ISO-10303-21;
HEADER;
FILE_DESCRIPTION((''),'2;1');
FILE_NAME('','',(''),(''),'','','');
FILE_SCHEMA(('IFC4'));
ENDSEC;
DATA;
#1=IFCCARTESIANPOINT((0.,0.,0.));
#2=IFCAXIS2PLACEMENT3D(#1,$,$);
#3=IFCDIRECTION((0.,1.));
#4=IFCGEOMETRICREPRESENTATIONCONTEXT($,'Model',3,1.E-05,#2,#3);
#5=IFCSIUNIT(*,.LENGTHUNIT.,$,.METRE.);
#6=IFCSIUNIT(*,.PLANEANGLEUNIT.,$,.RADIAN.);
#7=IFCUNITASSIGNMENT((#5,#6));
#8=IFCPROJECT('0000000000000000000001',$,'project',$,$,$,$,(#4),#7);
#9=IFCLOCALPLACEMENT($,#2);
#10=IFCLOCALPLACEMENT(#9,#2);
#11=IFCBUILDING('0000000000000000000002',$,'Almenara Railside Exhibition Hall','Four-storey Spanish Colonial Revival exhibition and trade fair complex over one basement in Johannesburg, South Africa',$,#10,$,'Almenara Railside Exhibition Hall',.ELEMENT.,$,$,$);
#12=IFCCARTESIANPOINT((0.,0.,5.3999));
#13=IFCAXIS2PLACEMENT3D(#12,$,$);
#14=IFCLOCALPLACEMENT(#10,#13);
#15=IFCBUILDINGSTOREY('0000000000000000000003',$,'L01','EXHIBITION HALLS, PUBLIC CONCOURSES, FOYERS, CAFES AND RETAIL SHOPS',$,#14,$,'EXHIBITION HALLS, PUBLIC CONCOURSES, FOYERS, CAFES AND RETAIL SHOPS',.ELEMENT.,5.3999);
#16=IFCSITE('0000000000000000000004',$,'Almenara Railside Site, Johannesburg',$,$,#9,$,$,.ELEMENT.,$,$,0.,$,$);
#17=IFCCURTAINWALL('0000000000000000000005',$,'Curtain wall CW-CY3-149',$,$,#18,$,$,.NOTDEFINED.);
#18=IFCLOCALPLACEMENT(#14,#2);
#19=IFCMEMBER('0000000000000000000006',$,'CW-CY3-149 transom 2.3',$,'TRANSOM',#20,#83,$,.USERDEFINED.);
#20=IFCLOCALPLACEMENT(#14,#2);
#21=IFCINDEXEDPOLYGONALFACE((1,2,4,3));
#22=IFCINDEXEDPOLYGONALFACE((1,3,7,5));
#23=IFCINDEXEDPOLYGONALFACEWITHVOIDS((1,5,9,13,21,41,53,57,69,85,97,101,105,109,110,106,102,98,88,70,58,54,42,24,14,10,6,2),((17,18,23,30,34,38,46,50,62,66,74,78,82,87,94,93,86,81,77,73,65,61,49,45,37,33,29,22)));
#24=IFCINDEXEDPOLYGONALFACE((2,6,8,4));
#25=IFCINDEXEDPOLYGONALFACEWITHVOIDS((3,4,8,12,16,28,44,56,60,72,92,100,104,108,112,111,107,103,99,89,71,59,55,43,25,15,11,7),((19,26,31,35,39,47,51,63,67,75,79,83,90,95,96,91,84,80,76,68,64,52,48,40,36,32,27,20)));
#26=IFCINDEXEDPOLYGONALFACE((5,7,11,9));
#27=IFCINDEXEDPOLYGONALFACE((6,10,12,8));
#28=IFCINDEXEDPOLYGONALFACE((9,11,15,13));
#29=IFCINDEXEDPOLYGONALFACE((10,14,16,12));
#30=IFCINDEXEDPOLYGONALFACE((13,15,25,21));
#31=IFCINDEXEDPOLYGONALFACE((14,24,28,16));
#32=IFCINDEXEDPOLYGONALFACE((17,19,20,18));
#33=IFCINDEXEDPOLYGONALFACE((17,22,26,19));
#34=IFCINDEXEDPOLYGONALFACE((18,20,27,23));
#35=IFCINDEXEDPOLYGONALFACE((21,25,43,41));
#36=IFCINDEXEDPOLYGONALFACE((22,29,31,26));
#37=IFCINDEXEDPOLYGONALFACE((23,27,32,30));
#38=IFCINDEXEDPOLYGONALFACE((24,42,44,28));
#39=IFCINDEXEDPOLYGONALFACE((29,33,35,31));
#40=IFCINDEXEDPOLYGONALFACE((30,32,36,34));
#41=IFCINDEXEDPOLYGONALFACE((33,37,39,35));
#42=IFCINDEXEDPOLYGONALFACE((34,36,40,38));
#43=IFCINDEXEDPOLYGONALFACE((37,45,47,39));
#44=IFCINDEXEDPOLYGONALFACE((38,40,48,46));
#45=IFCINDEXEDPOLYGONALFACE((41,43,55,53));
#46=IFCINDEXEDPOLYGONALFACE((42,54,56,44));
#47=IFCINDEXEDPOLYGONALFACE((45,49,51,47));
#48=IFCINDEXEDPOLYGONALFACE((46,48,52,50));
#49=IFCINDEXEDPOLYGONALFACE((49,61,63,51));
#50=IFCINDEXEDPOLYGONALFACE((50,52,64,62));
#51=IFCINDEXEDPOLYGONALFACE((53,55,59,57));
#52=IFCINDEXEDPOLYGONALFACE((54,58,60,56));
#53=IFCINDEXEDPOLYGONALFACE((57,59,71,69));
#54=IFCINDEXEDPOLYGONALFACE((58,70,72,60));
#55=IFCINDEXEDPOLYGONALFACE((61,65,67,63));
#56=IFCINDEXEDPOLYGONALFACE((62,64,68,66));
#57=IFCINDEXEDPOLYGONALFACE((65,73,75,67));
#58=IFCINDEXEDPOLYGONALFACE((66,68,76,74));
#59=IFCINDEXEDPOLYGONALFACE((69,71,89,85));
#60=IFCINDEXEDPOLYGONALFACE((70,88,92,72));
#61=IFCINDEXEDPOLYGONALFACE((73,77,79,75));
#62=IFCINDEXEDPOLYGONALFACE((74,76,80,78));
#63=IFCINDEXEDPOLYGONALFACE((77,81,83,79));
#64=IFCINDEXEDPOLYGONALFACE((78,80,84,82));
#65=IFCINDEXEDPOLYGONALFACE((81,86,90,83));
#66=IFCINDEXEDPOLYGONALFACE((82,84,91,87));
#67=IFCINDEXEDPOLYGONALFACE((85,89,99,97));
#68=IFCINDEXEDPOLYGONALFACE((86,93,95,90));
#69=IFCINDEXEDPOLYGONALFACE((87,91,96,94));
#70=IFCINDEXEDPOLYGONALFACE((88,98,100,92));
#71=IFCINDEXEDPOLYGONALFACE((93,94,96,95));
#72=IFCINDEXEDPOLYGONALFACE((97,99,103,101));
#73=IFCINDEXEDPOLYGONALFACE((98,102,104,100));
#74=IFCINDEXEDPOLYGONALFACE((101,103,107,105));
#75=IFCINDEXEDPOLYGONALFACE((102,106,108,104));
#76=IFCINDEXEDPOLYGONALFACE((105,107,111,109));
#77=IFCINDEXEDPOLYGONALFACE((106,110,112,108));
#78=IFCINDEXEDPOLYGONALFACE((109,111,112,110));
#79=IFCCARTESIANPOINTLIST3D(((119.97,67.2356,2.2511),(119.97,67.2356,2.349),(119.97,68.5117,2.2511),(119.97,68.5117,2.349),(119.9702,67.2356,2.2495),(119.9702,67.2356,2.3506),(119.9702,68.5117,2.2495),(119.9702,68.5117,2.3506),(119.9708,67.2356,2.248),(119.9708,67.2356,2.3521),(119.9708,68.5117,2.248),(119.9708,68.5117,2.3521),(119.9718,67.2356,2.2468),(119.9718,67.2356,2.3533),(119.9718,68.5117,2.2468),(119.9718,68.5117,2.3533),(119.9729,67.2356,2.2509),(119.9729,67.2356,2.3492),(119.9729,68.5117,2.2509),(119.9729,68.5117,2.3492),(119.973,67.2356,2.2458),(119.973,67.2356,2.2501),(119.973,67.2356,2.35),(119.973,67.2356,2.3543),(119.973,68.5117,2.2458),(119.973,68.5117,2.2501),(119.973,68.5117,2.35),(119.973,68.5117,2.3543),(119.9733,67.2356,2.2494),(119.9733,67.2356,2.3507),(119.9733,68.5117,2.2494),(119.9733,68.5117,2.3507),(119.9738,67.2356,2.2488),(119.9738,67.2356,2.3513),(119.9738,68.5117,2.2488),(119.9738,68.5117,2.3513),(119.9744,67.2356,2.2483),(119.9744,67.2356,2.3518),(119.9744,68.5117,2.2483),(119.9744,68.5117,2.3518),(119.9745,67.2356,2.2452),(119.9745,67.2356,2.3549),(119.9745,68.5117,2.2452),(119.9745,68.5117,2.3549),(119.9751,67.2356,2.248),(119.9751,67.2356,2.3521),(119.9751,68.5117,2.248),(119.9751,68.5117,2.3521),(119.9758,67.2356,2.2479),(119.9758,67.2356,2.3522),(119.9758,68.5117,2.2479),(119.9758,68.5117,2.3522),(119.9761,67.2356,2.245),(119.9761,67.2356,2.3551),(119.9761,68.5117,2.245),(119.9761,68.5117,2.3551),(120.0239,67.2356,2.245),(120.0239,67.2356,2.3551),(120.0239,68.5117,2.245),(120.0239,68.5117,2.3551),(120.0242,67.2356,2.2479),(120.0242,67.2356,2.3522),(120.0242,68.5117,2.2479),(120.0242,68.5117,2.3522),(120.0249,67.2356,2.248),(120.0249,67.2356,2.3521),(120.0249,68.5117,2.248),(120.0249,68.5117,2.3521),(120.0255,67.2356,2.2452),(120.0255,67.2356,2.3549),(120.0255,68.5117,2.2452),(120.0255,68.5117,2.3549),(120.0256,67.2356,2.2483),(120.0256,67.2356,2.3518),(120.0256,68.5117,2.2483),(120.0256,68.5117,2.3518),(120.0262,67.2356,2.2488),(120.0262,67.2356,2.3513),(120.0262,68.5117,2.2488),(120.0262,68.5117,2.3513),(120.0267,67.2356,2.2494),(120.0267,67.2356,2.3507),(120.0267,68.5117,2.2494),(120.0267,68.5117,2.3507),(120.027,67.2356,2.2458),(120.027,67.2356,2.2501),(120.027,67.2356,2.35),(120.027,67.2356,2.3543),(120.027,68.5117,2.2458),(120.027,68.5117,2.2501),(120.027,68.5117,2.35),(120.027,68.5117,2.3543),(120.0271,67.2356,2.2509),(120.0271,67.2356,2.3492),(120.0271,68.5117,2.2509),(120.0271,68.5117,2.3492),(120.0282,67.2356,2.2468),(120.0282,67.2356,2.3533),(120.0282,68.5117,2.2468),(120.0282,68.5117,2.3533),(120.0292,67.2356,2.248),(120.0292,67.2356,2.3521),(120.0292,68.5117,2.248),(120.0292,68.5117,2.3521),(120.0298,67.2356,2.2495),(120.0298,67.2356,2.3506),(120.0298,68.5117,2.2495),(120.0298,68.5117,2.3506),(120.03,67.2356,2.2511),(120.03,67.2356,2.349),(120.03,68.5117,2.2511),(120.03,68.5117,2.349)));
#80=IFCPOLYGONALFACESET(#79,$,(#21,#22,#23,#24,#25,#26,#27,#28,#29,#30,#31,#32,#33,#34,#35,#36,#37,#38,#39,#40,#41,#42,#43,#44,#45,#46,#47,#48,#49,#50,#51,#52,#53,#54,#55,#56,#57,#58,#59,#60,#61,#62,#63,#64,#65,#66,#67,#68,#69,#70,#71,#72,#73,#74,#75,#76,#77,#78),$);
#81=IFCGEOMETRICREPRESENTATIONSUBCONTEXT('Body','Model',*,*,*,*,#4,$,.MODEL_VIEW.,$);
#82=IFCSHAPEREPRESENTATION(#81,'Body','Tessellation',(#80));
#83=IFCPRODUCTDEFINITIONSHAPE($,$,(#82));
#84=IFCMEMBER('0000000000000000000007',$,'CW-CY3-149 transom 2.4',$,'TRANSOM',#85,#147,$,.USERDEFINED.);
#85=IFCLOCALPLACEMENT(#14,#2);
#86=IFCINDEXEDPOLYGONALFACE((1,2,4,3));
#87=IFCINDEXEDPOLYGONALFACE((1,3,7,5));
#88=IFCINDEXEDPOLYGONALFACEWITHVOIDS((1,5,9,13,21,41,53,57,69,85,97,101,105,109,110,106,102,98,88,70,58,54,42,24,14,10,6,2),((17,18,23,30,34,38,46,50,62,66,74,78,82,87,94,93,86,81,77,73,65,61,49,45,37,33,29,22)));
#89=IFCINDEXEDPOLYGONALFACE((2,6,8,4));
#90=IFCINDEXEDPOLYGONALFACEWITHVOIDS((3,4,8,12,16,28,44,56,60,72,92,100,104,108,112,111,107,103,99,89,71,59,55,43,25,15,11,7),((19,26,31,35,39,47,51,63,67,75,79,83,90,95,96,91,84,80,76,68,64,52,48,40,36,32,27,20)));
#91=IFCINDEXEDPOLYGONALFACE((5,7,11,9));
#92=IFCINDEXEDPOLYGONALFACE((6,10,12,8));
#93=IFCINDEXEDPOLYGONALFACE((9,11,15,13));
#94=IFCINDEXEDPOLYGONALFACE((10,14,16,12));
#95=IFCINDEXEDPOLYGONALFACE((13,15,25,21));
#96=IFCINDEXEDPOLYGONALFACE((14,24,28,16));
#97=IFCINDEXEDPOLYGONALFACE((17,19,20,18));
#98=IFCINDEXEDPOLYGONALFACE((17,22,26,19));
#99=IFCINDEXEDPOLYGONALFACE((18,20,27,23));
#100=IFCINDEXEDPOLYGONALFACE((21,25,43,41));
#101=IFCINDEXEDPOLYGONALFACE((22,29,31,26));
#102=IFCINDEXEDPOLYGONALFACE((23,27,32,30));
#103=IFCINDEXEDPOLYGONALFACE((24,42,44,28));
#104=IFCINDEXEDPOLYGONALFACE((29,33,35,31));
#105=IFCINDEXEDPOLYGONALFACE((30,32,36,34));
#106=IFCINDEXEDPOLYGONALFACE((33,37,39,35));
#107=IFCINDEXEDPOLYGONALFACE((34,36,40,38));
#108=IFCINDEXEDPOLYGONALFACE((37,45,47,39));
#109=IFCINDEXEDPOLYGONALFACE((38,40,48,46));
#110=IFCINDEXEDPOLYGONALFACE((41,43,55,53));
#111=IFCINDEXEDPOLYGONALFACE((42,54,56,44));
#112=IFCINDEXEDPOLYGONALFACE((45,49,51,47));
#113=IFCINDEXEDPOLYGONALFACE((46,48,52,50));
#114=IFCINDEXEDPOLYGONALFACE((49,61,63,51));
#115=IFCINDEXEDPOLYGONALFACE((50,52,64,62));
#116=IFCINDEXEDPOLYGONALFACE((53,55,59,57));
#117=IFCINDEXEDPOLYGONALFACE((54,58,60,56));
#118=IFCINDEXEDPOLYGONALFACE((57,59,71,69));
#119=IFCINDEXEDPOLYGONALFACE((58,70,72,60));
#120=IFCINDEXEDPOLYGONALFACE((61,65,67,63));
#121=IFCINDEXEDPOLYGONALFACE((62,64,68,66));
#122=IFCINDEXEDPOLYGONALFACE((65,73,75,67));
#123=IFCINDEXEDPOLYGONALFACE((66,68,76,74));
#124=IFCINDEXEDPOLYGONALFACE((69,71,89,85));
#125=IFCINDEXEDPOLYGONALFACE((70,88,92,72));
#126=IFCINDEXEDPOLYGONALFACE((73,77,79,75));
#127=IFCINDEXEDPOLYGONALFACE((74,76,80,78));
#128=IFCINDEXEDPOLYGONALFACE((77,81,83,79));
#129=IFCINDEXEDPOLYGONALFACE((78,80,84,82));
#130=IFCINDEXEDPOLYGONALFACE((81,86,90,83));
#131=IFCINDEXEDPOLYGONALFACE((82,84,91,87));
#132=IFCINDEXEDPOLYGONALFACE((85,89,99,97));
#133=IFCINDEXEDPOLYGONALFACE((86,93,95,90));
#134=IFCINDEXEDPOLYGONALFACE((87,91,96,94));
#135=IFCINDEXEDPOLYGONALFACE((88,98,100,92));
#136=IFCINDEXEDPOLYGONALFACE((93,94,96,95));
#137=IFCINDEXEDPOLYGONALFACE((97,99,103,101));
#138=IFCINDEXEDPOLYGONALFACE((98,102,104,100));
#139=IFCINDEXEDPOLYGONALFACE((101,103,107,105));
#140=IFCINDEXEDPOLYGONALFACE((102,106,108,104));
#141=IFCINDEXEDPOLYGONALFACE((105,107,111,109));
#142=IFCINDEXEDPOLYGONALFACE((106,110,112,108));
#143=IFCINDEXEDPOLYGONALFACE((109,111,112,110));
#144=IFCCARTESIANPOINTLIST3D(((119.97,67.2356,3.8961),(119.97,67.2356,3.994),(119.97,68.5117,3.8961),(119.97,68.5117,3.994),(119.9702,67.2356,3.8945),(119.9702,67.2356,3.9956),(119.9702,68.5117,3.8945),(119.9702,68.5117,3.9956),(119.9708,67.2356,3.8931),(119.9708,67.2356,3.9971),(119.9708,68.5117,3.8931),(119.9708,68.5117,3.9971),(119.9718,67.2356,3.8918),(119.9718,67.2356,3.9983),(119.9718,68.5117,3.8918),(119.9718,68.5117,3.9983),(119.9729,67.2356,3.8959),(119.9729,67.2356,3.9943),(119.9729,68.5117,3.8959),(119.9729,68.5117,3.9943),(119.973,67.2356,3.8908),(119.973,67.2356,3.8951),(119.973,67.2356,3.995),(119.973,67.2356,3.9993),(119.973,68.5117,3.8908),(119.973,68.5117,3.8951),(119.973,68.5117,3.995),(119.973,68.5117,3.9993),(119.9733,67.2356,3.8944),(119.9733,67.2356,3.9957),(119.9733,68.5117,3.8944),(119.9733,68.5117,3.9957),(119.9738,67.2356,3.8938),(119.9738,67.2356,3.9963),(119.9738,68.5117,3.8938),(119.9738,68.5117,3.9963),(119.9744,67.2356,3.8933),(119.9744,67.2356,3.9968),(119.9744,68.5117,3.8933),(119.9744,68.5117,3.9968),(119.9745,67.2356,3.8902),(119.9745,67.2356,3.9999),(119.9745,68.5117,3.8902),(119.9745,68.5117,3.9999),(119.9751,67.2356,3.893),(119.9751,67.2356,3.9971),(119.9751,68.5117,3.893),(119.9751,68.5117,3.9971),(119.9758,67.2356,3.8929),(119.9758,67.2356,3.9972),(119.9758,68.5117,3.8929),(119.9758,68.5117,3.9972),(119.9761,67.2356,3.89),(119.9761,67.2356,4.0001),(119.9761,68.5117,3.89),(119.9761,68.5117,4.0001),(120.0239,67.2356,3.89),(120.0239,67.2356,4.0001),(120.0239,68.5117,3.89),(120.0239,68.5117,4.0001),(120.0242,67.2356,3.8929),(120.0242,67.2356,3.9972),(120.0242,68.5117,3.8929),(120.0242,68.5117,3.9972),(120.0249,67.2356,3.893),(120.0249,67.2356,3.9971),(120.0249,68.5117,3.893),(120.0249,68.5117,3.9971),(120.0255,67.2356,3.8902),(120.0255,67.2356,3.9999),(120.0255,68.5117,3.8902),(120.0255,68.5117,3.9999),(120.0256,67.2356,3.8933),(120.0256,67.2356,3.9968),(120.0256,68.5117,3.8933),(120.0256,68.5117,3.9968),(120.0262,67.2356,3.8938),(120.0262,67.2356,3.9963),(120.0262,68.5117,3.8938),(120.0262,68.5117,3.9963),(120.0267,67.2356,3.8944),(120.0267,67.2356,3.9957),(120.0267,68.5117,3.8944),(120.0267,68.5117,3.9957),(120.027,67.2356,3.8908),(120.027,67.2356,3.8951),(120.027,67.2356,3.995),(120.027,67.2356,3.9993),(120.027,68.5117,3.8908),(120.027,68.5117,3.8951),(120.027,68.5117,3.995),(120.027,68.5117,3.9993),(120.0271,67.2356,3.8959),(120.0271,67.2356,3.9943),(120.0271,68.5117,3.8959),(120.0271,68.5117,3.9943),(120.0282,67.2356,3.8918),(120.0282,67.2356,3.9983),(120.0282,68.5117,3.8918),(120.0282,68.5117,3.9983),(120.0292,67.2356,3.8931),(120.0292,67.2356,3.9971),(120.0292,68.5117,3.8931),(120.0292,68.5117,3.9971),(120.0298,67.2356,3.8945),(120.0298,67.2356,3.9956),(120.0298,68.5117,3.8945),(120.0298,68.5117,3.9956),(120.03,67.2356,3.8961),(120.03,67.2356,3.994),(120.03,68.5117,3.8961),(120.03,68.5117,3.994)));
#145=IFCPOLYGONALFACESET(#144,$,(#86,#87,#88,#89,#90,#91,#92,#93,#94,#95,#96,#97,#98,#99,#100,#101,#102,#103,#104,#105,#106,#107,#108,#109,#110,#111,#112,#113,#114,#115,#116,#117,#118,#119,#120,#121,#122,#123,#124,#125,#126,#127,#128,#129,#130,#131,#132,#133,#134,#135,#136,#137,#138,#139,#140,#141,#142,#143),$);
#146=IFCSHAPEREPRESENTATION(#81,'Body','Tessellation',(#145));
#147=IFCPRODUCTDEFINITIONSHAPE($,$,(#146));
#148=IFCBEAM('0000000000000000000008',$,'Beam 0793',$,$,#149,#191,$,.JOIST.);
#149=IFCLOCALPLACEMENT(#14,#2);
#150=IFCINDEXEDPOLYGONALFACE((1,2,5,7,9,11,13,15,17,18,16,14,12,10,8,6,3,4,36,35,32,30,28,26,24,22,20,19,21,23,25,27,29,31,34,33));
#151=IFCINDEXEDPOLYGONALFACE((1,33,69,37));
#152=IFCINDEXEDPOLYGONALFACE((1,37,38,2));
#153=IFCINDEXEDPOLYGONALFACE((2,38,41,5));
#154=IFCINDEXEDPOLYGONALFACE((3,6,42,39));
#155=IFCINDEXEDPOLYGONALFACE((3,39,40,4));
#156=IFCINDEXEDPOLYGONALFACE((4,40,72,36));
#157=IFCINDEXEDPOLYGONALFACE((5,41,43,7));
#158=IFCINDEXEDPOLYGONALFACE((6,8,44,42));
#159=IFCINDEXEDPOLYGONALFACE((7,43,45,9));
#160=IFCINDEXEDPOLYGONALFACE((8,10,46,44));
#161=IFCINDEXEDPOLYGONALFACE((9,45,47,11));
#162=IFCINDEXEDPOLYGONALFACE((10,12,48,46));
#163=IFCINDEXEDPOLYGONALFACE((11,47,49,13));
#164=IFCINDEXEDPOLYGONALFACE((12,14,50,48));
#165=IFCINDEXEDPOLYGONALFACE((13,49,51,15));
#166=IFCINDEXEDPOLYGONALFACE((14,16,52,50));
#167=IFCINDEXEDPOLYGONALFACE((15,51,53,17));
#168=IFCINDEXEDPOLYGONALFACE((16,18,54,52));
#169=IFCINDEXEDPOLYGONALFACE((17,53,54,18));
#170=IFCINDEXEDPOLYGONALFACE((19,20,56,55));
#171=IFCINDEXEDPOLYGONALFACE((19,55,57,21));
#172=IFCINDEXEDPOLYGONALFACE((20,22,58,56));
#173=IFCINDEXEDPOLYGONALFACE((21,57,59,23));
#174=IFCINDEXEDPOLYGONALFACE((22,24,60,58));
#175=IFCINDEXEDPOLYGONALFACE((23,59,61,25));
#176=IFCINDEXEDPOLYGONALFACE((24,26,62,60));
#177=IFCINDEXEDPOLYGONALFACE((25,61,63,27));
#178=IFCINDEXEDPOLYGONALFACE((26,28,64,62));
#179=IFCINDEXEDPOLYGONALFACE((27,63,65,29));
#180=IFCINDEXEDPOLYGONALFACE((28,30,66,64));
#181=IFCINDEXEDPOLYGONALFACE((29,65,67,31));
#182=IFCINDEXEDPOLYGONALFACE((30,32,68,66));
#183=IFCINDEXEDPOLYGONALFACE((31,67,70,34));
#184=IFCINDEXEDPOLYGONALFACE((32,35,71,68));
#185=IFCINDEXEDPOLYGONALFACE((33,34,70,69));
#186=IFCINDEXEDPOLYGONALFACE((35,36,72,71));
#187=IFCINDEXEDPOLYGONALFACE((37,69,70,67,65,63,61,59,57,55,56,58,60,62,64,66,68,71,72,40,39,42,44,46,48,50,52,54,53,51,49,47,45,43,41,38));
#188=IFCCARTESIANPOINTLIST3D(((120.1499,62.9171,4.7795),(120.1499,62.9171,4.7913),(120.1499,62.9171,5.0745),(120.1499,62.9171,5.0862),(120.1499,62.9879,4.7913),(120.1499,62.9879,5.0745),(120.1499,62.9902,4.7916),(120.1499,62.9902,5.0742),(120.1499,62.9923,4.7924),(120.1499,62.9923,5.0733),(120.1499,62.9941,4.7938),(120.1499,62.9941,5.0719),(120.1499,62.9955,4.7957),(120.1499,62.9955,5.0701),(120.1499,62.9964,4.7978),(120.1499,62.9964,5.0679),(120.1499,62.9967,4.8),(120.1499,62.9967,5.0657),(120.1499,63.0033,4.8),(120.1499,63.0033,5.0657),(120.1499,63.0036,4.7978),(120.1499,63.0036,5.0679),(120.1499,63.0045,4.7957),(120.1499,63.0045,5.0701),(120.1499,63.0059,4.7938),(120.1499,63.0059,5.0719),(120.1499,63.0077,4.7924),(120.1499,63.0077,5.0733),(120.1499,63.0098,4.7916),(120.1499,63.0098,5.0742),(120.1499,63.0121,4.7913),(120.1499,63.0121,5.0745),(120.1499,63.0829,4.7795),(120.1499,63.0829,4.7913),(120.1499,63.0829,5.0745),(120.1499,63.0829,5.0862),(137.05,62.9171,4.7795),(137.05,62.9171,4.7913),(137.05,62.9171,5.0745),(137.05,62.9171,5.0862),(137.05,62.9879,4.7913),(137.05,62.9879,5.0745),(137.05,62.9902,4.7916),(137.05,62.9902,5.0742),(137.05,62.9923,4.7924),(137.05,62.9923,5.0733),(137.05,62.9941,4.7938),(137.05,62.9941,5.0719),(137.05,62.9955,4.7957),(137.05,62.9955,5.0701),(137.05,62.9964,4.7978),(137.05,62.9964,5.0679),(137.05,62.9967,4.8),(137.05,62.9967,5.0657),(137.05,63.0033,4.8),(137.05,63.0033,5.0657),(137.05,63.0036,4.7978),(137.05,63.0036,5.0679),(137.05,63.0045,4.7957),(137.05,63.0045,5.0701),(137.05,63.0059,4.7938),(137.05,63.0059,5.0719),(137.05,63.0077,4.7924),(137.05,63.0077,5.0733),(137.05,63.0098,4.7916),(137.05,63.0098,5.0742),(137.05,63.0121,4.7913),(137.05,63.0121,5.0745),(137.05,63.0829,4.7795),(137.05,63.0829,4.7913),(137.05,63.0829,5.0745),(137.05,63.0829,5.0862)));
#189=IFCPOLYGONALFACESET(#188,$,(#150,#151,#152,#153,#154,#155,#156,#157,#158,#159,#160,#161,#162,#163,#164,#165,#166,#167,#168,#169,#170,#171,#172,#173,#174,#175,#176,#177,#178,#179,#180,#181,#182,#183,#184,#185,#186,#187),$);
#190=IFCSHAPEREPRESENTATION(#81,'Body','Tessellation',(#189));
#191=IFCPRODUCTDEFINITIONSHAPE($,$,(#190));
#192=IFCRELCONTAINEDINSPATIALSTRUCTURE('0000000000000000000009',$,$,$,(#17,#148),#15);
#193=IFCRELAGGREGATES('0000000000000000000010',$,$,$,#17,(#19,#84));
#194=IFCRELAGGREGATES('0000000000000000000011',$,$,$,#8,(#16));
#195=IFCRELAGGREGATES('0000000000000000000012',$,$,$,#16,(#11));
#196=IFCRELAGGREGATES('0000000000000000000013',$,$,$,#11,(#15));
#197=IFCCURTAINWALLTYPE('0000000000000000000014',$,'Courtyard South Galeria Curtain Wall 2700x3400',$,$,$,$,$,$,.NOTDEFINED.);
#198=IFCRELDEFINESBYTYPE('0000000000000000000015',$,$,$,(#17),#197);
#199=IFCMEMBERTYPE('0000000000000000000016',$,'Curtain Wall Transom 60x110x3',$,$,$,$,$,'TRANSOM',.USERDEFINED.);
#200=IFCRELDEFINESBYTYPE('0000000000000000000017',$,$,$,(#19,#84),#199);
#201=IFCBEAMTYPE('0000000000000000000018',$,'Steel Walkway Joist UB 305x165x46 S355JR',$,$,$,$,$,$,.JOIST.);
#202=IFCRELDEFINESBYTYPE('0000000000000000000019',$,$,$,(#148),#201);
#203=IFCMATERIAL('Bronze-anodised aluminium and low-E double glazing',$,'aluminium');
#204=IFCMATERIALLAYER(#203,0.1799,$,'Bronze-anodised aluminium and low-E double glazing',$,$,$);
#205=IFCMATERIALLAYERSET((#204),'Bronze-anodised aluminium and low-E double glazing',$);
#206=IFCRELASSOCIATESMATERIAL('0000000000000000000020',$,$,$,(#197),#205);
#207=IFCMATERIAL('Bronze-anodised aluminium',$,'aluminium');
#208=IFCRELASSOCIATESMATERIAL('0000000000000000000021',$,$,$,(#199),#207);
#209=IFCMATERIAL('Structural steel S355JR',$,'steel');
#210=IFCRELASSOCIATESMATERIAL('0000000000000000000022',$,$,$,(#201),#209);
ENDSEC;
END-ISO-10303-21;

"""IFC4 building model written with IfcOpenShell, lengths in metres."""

from ifc_helpers import new_model, si_unit, direction, frame, origin, origin_2d, place, context, subcontext, project, spatial, hollow_rectangle, i_section, extrude, material, layer, layer_set, material_profile, profile_set, type_object, element, aggregate, save


model = new_model("IFC4")

# Units and contexts
model_context = context("Model", 3, precision=1e-05, world=origin(), true_north=direction((0.0, 1.0)))
body_context = subcontext(model_context, "Body", "Model", "MODEL_VIEW")
ifc_project = project(units=[si_unit("LENGTHUNIT", "METRE"), si_unit("PLANEANGLEUNIT", "RADIAN")], contexts=[model_context])

# Site, building, storey
site_placement = place(None, origin())
site = spatial("IfcSite", under=ifc_project, at=site_placement, Name="Almenara Railside Site, Johannesburg", CompositionType="ELEMENT", RefElevation=0.0)
building_placement = place(site_placement, origin())
building = spatial("IfcBuilding", under=site, at=building_placement, Name="Almenara Railside Exhibition Hall", Description="Four-storey Spanish Colonial Revival exhibition and trade fair complex over one basement in Johannesburg, South Africa", LongName="Almenara Railside Exhibition Hall", CompositionType="ELEMENT")
storey_placement = place(building_placement, frame((0.0, 0.0, 5.3999)))
storey = spatial("IfcBuildingStorey", under=building, at=storey_placement, Name="L01", Description="EXHIBITION HALLS, PUBLIC CONCOURSES, FOYERS, CAFES AND RETAIL SHOPS", LongName="EXHIBITION HALLS, PUBLIC CONCOURSES, FOYERS, CAFES AND RETAIL SHOPS", CompositionType="ELEMENT", Elevation=5.3999)

# Curtain wall
ifc_material_1 = material(Name="Bronze-anodised aluminium and low-E double glazing", Category="aluminium")
ifc_layer_1 = layer(ifc_material_1, 0.1799, Name="Bronze-anodised aluminium and low-E double glazing")
ifc_layer_set_1 = layer_set([ifc_layer_1], Name="Bronze-anodised aluminium and low-E double glazing")
curtain_wall_type = type_object("IfcCurtainWallType", Name="Courtyard South Galeria Curtain Wall 2700x3400", PredefinedType="NOTDEFINED", material=ifc_layer_set_1)
curtain_wall_1_placement = place(storey_placement, origin())
curtain_wall_1 = element("IfcCurtainWall", 1, at=curtain_wall_1_placement, inside=storey, type_object=curtain_wall_type, Name="Curtain wall CW-CY3-149", PredefinedType="NOTDEFINED")
ifc_material_2 = material(Name="Bronze-anodised aluminium", Category="aluminium")

# Members
ifc_material_profile_1 = material_profile(ifc_material_2, hollow_rectangle(XDim=0.0601, YDim=0.1101, WallThickness=0.0029, InnerFilletRadius=0.0029, OuterFilletRadius=0.0061, at=origin_2d()), Name="ALU-TRN 60x110x3")
ifc_profile_set_1 = profile_set([ifc_material_profile_1], Name="Bronze-anodised aluminium")
member_type_1 = type_object("IfcMemberType", Name="Curtain Wall Transom 60x110x3", ElementType="TRANSOM", PredefinedType="USERDEFINED", material=ifc_profile_set_1)
member_1_placement = place(storey_placement, frame((120.0, 67.2356, 2.3), z_axis=(0.0, 1.0, 0.0), x_axis=(-1.0, 0.0, 0.0)))
member_1 = element("IfcMember", 2, at=member_1_placement, type_object=member_type_1, Name="CW-CY3-149 transom 2.3", ObjectType="TRANSOM", PredefinedType="USERDEFINED", context=body_context, shape_type="SweptSolid", body=[
    extrude(hollow_rectangle(XDim=0.0601, YDim=0.1101, WallThickness=0.0029, InnerFilletRadius=0.0029, OuterFilletRadius=0.0061, at=origin_2d()), origin(), (0.0, 0.0, 1.0), 1.2761),
])
member_2_placement = place(storey_placement, frame((120.0, 67.2356, 3.9451), z_axis=(0.0, 1.0, 0.0), x_axis=(-1.0, 0.0, 0.0)))
member_2 = element("IfcMember", 3, at=member_2_placement, type_object=member_type_1, Name="CW-CY3-149 transom 2.4", ObjectType="TRANSOM", PredefinedType="USERDEFINED", context=body_context, shape_type="SweptSolid", body=[
    extrude(hollow_rectangle(XDim=0.0601, YDim=0.1101, WallThickness=0.0029, InnerFilletRadius=0.0029, OuterFilletRadius=0.0061, at=origin_2d()), origin(), (0.0, 0.0, 1.0), 1.2761),
])

# Beam
ifc_material_3 = material(Name="Structural steel S355JR", Category="steel")
ifc_material_profile_2 = material_profile(ifc_material_3, i_section(OverallWidth=0.1658, OverallDepth=0.3066, WebThickness=0.0066, FlangeThickness=0.0117, FilletRadius=0.0088, at=origin_2d()), Name="UB 305x165x46")
ifc_profile_set_2 = profile_set([ifc_material_profile_2], Name="Structural steel S355JR")
beam_type = type_object("IfcBeamType", Name="Steel Walkway Joist UB 305x165x46 S355JR", PredefinedType="JOIST", material=ifc_profile_set_2)
beam_placement = place(storey_placement, frame((120.1499, 63.0, 4.9329), z_axis=(1.0, 0.0, 0.0), x_axis=(0.0, 1.0, 0.0)))
element("IfcBeam", 4, at=beam_placement, inside=storey, type_object=beam_type, Name="Beam 0793", PredefinedType="JOIST", context=body_context, shape_type="SweptSolid", body=[
    extrude(i_section(OverallWidth=0.1658, OverallDepth=0.3066, WebThickness=0.0066, FlangeThickness=0.0117, FilletRadius=0.0088, at=origin_2d()), origin(), (0.0, 0.0, 1.0), 16.9001),
])

aggregate(curtain_wall_1, [member_1, member_2])

save(model, "model.ifc")
